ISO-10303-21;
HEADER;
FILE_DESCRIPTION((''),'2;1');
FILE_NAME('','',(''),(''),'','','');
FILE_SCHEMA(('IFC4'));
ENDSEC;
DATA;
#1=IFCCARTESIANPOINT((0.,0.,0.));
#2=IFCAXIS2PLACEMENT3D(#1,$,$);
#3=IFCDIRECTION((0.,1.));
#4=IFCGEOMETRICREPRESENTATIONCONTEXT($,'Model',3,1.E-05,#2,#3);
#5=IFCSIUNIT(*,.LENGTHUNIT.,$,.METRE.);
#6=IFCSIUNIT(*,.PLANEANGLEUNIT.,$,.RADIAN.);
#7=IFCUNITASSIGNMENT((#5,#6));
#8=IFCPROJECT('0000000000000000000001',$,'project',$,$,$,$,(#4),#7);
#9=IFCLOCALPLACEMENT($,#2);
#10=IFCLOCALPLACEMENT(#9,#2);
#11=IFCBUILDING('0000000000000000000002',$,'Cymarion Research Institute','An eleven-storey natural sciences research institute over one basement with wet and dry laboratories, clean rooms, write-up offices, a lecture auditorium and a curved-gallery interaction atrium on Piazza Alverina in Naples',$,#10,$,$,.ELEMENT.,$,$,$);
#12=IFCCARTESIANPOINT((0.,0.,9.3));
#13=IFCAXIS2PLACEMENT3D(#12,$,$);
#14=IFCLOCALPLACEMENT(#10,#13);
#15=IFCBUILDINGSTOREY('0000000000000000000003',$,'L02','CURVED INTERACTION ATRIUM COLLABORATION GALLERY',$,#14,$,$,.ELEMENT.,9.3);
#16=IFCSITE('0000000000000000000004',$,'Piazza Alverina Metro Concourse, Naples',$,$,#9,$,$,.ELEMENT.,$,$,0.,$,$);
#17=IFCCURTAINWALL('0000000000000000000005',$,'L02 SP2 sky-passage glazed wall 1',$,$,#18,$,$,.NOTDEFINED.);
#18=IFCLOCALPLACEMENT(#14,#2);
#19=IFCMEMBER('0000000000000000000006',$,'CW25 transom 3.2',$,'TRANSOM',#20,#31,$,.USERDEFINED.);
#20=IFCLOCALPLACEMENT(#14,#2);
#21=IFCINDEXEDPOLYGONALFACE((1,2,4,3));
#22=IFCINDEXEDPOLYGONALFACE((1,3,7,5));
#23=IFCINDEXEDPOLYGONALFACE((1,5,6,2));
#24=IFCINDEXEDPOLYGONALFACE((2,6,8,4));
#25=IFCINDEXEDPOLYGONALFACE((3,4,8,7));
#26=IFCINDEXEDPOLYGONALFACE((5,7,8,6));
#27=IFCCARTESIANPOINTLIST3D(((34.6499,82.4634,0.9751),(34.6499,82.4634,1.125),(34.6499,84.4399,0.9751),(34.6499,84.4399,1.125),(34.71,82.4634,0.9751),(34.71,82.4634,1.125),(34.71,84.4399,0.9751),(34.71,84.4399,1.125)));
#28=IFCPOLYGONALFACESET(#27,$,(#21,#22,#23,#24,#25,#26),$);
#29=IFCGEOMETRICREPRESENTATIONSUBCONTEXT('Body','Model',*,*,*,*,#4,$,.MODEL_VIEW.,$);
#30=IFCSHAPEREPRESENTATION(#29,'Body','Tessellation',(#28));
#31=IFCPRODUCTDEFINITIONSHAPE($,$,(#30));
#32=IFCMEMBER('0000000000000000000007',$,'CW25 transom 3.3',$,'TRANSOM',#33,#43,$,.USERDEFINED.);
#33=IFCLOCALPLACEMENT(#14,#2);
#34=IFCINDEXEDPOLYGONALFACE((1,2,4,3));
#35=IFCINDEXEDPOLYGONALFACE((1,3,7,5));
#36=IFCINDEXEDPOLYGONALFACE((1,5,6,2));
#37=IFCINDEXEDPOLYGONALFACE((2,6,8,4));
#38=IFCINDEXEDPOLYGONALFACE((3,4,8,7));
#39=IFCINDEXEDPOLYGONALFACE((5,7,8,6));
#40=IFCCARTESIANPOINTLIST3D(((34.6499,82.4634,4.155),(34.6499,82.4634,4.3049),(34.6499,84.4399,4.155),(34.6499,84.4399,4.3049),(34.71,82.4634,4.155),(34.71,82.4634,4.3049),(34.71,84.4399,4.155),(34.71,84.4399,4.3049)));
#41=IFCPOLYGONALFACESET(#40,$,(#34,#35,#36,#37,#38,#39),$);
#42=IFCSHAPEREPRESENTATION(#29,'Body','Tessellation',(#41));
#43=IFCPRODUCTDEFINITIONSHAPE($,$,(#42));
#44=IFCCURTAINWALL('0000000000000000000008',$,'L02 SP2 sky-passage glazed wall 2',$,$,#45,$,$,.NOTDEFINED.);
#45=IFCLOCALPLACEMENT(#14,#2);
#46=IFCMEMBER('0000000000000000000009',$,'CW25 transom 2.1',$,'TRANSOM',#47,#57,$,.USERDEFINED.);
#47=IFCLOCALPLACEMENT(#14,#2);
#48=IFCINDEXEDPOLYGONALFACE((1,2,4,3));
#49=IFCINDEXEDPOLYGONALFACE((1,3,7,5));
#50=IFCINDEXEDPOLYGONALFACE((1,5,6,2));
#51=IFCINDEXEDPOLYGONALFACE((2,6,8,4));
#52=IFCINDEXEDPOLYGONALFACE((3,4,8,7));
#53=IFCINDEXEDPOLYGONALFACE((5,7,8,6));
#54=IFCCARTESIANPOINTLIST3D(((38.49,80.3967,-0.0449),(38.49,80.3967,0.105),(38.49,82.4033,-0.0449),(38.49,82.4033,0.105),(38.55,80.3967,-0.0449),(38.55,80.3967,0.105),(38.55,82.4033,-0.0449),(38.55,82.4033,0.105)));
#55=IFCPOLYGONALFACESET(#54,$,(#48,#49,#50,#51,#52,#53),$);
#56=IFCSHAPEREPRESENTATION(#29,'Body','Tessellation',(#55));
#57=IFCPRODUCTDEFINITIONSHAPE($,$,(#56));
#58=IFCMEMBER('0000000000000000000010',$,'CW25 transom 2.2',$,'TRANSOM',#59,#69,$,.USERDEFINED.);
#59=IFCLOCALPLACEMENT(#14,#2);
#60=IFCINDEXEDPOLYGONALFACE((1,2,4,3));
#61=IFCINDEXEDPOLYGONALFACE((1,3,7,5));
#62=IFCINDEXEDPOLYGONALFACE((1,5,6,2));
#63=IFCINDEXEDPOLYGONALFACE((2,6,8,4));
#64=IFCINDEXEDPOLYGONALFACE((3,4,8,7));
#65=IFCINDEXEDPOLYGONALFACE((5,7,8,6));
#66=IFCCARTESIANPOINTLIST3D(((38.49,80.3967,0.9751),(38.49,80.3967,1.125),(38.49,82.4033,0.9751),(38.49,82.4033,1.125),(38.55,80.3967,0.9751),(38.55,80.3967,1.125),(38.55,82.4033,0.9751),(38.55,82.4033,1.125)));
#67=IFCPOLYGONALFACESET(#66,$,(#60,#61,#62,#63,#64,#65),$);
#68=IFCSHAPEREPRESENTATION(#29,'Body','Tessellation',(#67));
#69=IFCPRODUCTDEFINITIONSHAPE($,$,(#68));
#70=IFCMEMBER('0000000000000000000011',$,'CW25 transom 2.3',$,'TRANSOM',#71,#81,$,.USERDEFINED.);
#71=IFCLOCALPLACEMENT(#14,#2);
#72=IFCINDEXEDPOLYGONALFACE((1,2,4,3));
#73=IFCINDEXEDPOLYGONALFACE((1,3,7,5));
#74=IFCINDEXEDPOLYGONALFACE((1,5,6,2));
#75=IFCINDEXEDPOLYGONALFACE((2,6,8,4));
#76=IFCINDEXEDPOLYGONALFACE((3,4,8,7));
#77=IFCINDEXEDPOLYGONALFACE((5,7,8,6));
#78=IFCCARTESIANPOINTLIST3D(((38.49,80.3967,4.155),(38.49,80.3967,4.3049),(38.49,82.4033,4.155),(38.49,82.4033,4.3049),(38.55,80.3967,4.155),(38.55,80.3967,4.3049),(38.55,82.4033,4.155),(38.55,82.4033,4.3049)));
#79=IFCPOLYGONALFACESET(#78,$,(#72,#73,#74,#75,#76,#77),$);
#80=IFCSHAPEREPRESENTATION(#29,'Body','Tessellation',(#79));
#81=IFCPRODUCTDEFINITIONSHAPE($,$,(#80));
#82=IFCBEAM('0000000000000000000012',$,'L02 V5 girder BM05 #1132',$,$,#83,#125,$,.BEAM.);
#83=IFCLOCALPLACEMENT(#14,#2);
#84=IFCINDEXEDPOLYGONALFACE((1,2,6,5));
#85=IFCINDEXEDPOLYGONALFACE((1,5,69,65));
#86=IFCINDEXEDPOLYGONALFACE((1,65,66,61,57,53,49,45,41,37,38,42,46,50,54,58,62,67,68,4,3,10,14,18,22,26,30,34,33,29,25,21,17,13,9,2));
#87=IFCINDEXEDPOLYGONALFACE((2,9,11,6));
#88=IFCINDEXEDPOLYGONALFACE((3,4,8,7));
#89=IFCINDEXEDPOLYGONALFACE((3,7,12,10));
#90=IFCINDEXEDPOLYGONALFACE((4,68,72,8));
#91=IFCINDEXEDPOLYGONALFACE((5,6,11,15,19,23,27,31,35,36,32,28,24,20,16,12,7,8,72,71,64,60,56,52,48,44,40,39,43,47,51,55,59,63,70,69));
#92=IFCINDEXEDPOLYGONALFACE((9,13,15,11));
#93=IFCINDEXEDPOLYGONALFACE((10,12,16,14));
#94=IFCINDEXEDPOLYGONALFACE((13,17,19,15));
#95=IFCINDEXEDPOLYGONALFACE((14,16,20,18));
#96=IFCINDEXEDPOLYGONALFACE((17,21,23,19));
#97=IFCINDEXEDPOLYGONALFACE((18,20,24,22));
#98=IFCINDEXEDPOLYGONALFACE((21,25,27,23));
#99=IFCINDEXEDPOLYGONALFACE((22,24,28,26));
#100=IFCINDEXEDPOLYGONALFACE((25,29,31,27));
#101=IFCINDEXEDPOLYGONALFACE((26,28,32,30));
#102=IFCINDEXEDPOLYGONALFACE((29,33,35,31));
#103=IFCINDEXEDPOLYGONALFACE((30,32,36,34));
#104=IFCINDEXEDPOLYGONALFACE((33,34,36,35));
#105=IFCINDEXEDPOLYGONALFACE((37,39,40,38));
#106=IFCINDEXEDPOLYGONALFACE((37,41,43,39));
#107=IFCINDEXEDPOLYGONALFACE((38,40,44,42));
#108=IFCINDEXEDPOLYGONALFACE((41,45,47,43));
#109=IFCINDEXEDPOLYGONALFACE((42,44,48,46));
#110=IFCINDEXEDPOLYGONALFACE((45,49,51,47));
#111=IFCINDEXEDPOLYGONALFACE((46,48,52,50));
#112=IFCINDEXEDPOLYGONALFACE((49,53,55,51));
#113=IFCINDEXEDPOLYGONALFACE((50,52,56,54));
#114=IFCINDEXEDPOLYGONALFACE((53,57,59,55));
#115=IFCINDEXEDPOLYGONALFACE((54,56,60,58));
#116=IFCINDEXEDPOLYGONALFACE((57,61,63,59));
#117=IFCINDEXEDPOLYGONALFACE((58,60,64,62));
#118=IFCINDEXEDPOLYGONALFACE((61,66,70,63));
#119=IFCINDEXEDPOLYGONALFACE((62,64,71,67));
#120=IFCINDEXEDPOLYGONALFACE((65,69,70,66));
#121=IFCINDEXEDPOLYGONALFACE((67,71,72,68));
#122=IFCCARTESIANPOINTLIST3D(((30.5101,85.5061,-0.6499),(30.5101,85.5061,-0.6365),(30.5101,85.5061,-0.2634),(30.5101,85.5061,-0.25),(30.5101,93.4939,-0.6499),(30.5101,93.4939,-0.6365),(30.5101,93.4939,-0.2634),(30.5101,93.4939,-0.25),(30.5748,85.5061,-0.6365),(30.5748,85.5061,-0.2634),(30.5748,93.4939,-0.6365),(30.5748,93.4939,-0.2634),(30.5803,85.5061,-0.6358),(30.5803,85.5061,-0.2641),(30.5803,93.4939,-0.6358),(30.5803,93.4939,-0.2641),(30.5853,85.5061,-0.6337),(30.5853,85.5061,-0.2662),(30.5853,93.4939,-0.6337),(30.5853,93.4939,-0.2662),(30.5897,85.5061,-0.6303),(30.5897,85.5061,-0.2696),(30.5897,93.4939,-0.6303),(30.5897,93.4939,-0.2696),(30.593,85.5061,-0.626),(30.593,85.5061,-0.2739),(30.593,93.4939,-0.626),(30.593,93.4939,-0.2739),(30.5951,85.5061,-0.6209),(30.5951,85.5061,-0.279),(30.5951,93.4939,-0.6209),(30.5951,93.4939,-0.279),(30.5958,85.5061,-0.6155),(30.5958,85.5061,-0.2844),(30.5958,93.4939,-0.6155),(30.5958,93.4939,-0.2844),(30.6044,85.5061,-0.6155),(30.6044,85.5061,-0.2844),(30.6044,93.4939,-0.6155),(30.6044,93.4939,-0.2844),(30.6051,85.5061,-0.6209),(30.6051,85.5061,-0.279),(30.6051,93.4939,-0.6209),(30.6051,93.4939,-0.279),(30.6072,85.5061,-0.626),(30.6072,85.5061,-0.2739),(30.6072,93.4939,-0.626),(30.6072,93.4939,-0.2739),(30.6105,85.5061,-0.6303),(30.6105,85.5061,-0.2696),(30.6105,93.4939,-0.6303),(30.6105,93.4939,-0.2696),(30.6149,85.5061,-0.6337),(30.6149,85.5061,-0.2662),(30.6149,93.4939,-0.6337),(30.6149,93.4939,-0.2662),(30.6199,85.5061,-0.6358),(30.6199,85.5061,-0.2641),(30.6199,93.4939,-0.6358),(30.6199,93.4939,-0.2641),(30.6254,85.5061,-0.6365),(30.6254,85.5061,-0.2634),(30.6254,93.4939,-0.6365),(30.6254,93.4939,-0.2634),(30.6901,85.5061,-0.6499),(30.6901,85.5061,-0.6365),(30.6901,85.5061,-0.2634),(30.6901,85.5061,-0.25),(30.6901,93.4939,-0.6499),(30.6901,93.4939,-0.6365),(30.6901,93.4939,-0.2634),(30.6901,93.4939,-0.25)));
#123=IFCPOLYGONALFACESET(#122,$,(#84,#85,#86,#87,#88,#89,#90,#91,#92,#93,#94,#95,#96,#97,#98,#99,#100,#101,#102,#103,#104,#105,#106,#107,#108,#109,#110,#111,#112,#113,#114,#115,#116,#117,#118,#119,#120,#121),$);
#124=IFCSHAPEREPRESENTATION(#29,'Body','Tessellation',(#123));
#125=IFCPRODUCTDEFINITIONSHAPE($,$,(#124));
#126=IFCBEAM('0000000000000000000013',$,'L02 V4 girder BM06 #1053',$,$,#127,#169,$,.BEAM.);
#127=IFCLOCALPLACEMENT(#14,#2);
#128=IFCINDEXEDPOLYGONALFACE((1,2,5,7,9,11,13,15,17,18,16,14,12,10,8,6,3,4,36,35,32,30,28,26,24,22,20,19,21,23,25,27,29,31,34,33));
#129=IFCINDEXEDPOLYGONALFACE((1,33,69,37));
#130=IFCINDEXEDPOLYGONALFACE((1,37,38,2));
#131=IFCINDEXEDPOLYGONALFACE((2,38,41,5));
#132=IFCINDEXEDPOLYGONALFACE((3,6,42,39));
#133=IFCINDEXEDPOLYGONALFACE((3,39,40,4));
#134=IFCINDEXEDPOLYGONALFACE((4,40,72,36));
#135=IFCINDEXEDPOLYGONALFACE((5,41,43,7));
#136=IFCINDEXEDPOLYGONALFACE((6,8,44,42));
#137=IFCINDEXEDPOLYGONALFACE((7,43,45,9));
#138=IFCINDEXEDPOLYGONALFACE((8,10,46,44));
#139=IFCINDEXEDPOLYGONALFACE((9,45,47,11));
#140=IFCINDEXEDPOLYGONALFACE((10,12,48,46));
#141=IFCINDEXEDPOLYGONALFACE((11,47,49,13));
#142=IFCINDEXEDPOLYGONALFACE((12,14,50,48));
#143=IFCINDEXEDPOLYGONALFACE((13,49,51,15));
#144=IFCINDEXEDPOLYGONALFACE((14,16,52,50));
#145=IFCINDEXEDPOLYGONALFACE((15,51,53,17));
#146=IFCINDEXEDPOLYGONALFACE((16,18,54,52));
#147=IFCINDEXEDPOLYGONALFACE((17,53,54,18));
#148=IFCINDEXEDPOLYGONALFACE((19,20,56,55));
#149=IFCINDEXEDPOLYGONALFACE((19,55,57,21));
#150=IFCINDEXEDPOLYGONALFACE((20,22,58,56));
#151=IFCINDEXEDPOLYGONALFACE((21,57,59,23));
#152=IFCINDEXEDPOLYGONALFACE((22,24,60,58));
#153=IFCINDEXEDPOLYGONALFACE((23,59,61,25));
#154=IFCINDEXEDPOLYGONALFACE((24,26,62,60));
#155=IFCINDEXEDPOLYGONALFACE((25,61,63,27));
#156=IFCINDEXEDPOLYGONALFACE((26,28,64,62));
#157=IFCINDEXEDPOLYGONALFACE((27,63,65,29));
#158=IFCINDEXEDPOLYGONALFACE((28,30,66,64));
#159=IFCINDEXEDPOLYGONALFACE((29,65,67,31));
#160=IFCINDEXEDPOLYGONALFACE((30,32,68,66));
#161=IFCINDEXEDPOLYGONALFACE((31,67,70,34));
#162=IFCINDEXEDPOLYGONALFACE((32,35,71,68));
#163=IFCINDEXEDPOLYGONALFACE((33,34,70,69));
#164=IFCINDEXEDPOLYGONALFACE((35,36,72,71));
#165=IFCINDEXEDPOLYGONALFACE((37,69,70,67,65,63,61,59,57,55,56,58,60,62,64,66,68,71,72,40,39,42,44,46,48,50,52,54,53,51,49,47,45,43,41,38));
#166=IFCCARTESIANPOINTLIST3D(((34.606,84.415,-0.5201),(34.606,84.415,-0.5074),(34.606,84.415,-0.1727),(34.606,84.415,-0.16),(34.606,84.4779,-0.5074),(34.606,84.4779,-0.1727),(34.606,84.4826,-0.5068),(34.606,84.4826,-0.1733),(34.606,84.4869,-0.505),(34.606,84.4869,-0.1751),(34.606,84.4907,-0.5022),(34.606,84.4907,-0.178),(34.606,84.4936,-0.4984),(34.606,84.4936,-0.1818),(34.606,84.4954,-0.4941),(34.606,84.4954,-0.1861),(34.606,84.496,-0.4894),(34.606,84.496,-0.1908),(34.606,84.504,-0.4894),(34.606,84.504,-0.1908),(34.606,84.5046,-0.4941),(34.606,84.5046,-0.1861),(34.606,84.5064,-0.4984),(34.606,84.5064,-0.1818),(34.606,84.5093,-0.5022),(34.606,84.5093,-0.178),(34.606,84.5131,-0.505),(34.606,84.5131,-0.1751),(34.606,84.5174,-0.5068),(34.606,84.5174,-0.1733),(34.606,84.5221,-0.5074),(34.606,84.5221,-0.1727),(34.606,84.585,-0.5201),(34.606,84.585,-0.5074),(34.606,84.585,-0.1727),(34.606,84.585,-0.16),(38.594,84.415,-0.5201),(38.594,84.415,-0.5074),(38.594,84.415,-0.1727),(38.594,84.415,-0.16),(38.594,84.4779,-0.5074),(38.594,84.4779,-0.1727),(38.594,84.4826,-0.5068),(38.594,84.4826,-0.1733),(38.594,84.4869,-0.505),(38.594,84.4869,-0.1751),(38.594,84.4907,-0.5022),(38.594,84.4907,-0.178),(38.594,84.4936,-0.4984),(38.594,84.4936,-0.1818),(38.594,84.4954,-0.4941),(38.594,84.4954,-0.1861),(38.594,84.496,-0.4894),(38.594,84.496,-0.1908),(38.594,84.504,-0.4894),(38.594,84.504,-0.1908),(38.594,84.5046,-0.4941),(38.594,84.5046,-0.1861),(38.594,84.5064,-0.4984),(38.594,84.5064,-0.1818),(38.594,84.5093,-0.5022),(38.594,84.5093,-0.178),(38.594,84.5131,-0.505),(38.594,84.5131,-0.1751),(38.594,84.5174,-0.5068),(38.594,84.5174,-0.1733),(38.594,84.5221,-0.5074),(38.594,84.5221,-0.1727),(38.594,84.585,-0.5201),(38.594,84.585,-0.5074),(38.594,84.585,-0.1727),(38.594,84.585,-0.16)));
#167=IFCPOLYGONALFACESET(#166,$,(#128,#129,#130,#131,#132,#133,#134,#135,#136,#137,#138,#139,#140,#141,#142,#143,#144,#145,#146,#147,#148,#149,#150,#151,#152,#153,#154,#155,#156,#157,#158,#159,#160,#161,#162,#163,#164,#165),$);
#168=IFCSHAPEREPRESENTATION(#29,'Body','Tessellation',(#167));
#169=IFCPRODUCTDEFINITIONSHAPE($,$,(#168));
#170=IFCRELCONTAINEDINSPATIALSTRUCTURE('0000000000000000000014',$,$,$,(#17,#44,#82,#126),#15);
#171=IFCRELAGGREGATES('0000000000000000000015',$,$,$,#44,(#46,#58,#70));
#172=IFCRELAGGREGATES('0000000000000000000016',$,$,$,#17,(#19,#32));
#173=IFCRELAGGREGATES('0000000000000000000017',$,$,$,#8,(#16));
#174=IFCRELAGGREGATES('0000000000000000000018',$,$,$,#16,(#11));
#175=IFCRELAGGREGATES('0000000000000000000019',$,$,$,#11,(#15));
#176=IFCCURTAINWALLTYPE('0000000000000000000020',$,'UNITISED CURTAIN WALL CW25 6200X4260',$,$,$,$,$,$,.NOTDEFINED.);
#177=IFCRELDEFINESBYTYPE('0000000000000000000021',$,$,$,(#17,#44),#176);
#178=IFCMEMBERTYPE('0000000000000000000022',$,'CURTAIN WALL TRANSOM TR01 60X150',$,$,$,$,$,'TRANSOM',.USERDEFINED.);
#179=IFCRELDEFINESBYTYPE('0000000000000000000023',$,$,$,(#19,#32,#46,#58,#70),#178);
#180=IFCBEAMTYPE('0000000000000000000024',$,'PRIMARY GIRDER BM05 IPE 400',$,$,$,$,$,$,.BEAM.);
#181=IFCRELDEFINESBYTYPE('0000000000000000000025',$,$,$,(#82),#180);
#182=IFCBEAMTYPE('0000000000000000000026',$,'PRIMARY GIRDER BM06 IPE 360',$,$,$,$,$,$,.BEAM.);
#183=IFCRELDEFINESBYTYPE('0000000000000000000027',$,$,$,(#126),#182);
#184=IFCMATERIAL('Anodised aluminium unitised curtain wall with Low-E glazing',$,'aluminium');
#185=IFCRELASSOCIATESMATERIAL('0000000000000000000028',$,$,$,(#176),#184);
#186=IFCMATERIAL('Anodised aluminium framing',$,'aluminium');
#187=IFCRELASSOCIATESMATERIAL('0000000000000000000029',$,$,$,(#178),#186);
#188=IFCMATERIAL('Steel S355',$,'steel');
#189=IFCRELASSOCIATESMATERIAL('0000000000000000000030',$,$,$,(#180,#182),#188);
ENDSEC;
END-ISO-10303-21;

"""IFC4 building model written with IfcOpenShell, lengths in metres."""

from ifc_helpers import new_model, si_unit, direction, frame, origin, origin_2d, place, context, subcontext, project, spatial, rectangle, i_section, extrude, material, material_profile, profile_set, type_object, element, aggregate, save


model = new_model("IFC4")

# Units and contexts
model_context = context("Model", 3, precision=1e-05, world=origin(), true_north=direction((0.0, 1.0)))
body_context = subcontext(model_context, "Body", "Model", "MODEL_VIEW")
ifc_project = project(units=[si_unit("LENGTHUNIT", "METRE"), si_unit("PLANEANGLEUNIT", "RADIAN")], contexts=[model_context])

# Site, building, storey
site_placement = place(None, origin())
site = spatial("IfcSite", under=ifc_project, at=site_placement, Name="Piazza Alverina Metro Concourse, Naples", CompositionType="ELEMENT", RefElevation=0.0)
building_placement = place(site_placement, origin())
building = spatial("IfcBuilding", under=site, at=building_placement, Name="Cymarion Research Institute", Description="An eleven-storey natural sciences research institute over one basement with wet and dry laboratories, clean rooms, write-up offices, a lecture auditorium and a curved-gallery interaction atrium on Piazza Alverina in Naples", CompositionType="ELEMENT")
storey_placement = place(building_placement, frame((0.0, 0.0, 9.3)))
storey = spatial("IfcBuildingStorey", under=building, at=storey_placement, Name="L02", Description="CURVED INTERACTION ATRIUM COLLABORATION GALLERY", CompositionType="ELEMENT", Elevation=9.3)

# Shared definitions
ifc_material_1 = material(Name="Steel S355", Category="steel")

# Curtain walls, members
ifc_material_2 = material(Name="Anodised aluminium unitised curtain wall with Low-E glazing", Category="aluminium")
curtain_wall_type = type_object("IfcCurtainWallType", Name="UNITISED CURTAIN WALL CW25 6200X4260", PredefinedType="NOTDEFINED", material=ifc_material_2)
curtain_wall_1_placement = place(storey_placement, origin())
curtain_wall_1 = element("IfcCurtainWall", 1, at=curtain_wall_1_placement, inside=storey, type_object=curtain_wall_type, Name="L02 SP2 sky-passage glazed wall 1", PredefinedType="NOTDEFINED")
ifc_material_3 = material(Name="Anodised aluminium framing", Category="aluminium")
ifc_material_profile_1 = material_profile(ifc_material_3, rectangle(XDim=0.0601, YDim=0.1499, at=origin_2d()), Name="ALU TRANSOM 60x150")
ifc_profile_set_1 = profile_set([ifc_material_profile_1], Name="Anodised aluminium framing")
member_type_1 = type_object("IfcMemberType", Name="CURTAIN WALL TRANSOM TR01 60X150", ElementType="TRANSOM", PredefinedType="USERDEFINED", material=ifc_profile_set_1)
member_1_placement = place(storey_placement, frame((34.6799, 82.4634, 1.05), z_axis=(0.0, 1.0, 0.0), x_axis=(-1.0, 0.0, 0.0)))
member_1 = element("IfcMember", 2, at=member_1_placement, type_object=member_type_1, Name="CW25 transom 3.2", ObjectType="TRANSOM", PredefinedType="USERDEFINED", context=body_context, shape_type="SweptSolid", body=[
    extrude(rectangle(XDim=0.0601, YDim=0.1499, at=origin_2d()), origin(), (0.0, 0.0, 1.0), 1.9766),
])
member_2_placement = place(storey_placement, frame((34.6799, 82.4634, 4.23), z_axis=(0.0, 1.0, 0.0), x_axis=(-1.0, 0.0, 0.0)))
member_2 = element("IfcMember", 3, at=member_2_placement, type_object=member_type_1, Name="CW25 transom 3.3", ObjectType="TRANSOM", PredefinedType="USERDEFINED", context=body_context, shape_type="SweptSolid", body=[
    extrude(rectangle(XDim=0.0601, YDim=0.1499, at=origin_2d()), origin(), (0.0, 0.0, 1.0), 1.9766),
])
curtain_wall_2_placement = place(storey_placement, origin())
curtain_wall_2 = element("IfcCurtainWall", 4, at=curtain_wall_2_placement, inside=storey, type_object=curtain_wall_type, Name="L02 SP2 sky-passage glazed wall 2", PredefinedType="NOTDEFINED")
member_3_placement = place(storey_placement, frame((38.52, 80.3967, 0.03), z_axis=(0.0, 1.0, 0.0), x_axis=(-1.0, 0.0, 0.0)))
member_3 = element("IfcMember", 5, at=member_3_placement, type_object=member_type_1, Name="CW25 transom 2.1", ObjectType="TRANSOM", PredefinedType="USERDEFINED", context=body_context, shape_type="SweptSolid", body=[
    extrude(rectangle(XDim=0.0601, YDim=0.1499, at=origin_2d()), origin(), (0.0, 0.0, 1.0), 2.0066),
])
member_4_placement = place(storey_placement, frame((38.52, 80.3967, 1.05), z_axis=(0.0, 1.0, 0.0), x_axis=(-1.0, 0.0, 0.0)))
member_4 = element("IfcMember", 6, at=member_4_placement, type_object=member_type_1, Name="CW25 transom 2.2", ObjectType="TRANSOM", PredefinedType="USERDEFINED", context=body_context, shape_type="SweptSolid", body=[
    extrude(rectangle(XDim=0.0601, YDim=0.1499, at=origin_2d()), origin(), (0.0, 0.0, 1.0), 2.0066),
])
member_5_placement = place(storey_placement, frame((38.52, 80.3967, 4.23), z_axis=(0.0, 1.0, 0.0), x_axis=(-1.0, 0.0, 0.0)))
member_5 = element("IfcMember", 7, at=member_5_placement, type_object=member_type_1, Name="CW25 transom 2.3", ObjectType="TRANSOM", PredefinedType="USERDEFINED", context=body_context, shape_type="SweptSolid", body=[
    extrude(rectangle(XDim=0.0601, YDim=0.1499, at=origin_2d()), origin(), (0.0, 0.0, 1.0), 2.0066),
])

# Beams
ifc_material_profile_2 = material_profile(ifc_material_1, i_section(OverallWidth=0.1799, OverallDepth=0.3999, WebThickness=0.0085, FlangeThickness=0.0134, FilletRadius=0.021, at=origin_2d()), Name="IPE 400")
ifc_profile_set_2 = profile_set([ifc_material_profile_2], Name="Steel S355")
beam_type_1 = type_object("IfcBeamType", Name="PRIMARY GIRDER BM05 IPE 400", PredefinedType="BEAM", material=ifc_profile_set_2)
beam_1_placement = place(storey_placement, frame((30.6001, 85.5061, -0.45), z_axis=(0.0, 1.0, 0.0), x_axis=(-1.0, 0.0, 0.0)))
element("IfcBeam", 8, at=beam_1_placement, inside=storey, type_object=beam_type_1, Name="L02 V5 girder BM05 #1132", PredefinedType="BEAM", context=body_context, shape_type="SweptSolid", body=[
    extrude(i_section(OverallWidth=0.1799, OverallDepth=0.3999, WebThickness=0.0085, FlangeThickness=0.0134, FilletRadius=0.021, at=origin_2d()), origin(), (0.0, 0.0, 1.0), 7.9878),
])
ifc_material_profile_3 = material_profile(ifc_material_1, i_section(OverallWidth=0.1699, OverallDepth=0.3601, WebThickness=0.0081, FlangeThickness=0.0127, FilletRadius=0.0181, at=origin_2d()), Name="IPE 360")
ifc_profile_set_3 = profile_set([ifc_material_profile_3], Name="Steel S355")
beam_type_2 = type_object("IfcBeamType", Name="PRIMARY GIRDER BM06 IPE 360", PredefinedType="BEAM", material=ifc_profile_set_3)
beam_2_placement = place(storey_placement, frame((34.606, 84.5, -0.3401), z_axis=(1.0, 0.0, 0.0), x_axis=(0.0, 1.0, 0.0)))
element("IfcBeam", 9, at=beam_2_placement, inside=storey, type_object=beam_type_2, Name="L02 V4 girder BM06 #1053", PredefinedType="BEAM", context=body_context, shape_type="SweptSolid", body=[
    extrude(i_section(OverallWidth=0.1699, OverallDepth=0.3601, WebThickness=0.0081, FlangeThickness=0.0127, FilletRadius=0.0181, at=origin_2d()), origin(), (0.0, 0.0, 1.0), 3.988),
])

aggregate(curtain_wall_2, [member_3, member_4, member_5])
aggregate(curtain_wall_1, [member_1, member_2])

save(model, "model.ifc")
